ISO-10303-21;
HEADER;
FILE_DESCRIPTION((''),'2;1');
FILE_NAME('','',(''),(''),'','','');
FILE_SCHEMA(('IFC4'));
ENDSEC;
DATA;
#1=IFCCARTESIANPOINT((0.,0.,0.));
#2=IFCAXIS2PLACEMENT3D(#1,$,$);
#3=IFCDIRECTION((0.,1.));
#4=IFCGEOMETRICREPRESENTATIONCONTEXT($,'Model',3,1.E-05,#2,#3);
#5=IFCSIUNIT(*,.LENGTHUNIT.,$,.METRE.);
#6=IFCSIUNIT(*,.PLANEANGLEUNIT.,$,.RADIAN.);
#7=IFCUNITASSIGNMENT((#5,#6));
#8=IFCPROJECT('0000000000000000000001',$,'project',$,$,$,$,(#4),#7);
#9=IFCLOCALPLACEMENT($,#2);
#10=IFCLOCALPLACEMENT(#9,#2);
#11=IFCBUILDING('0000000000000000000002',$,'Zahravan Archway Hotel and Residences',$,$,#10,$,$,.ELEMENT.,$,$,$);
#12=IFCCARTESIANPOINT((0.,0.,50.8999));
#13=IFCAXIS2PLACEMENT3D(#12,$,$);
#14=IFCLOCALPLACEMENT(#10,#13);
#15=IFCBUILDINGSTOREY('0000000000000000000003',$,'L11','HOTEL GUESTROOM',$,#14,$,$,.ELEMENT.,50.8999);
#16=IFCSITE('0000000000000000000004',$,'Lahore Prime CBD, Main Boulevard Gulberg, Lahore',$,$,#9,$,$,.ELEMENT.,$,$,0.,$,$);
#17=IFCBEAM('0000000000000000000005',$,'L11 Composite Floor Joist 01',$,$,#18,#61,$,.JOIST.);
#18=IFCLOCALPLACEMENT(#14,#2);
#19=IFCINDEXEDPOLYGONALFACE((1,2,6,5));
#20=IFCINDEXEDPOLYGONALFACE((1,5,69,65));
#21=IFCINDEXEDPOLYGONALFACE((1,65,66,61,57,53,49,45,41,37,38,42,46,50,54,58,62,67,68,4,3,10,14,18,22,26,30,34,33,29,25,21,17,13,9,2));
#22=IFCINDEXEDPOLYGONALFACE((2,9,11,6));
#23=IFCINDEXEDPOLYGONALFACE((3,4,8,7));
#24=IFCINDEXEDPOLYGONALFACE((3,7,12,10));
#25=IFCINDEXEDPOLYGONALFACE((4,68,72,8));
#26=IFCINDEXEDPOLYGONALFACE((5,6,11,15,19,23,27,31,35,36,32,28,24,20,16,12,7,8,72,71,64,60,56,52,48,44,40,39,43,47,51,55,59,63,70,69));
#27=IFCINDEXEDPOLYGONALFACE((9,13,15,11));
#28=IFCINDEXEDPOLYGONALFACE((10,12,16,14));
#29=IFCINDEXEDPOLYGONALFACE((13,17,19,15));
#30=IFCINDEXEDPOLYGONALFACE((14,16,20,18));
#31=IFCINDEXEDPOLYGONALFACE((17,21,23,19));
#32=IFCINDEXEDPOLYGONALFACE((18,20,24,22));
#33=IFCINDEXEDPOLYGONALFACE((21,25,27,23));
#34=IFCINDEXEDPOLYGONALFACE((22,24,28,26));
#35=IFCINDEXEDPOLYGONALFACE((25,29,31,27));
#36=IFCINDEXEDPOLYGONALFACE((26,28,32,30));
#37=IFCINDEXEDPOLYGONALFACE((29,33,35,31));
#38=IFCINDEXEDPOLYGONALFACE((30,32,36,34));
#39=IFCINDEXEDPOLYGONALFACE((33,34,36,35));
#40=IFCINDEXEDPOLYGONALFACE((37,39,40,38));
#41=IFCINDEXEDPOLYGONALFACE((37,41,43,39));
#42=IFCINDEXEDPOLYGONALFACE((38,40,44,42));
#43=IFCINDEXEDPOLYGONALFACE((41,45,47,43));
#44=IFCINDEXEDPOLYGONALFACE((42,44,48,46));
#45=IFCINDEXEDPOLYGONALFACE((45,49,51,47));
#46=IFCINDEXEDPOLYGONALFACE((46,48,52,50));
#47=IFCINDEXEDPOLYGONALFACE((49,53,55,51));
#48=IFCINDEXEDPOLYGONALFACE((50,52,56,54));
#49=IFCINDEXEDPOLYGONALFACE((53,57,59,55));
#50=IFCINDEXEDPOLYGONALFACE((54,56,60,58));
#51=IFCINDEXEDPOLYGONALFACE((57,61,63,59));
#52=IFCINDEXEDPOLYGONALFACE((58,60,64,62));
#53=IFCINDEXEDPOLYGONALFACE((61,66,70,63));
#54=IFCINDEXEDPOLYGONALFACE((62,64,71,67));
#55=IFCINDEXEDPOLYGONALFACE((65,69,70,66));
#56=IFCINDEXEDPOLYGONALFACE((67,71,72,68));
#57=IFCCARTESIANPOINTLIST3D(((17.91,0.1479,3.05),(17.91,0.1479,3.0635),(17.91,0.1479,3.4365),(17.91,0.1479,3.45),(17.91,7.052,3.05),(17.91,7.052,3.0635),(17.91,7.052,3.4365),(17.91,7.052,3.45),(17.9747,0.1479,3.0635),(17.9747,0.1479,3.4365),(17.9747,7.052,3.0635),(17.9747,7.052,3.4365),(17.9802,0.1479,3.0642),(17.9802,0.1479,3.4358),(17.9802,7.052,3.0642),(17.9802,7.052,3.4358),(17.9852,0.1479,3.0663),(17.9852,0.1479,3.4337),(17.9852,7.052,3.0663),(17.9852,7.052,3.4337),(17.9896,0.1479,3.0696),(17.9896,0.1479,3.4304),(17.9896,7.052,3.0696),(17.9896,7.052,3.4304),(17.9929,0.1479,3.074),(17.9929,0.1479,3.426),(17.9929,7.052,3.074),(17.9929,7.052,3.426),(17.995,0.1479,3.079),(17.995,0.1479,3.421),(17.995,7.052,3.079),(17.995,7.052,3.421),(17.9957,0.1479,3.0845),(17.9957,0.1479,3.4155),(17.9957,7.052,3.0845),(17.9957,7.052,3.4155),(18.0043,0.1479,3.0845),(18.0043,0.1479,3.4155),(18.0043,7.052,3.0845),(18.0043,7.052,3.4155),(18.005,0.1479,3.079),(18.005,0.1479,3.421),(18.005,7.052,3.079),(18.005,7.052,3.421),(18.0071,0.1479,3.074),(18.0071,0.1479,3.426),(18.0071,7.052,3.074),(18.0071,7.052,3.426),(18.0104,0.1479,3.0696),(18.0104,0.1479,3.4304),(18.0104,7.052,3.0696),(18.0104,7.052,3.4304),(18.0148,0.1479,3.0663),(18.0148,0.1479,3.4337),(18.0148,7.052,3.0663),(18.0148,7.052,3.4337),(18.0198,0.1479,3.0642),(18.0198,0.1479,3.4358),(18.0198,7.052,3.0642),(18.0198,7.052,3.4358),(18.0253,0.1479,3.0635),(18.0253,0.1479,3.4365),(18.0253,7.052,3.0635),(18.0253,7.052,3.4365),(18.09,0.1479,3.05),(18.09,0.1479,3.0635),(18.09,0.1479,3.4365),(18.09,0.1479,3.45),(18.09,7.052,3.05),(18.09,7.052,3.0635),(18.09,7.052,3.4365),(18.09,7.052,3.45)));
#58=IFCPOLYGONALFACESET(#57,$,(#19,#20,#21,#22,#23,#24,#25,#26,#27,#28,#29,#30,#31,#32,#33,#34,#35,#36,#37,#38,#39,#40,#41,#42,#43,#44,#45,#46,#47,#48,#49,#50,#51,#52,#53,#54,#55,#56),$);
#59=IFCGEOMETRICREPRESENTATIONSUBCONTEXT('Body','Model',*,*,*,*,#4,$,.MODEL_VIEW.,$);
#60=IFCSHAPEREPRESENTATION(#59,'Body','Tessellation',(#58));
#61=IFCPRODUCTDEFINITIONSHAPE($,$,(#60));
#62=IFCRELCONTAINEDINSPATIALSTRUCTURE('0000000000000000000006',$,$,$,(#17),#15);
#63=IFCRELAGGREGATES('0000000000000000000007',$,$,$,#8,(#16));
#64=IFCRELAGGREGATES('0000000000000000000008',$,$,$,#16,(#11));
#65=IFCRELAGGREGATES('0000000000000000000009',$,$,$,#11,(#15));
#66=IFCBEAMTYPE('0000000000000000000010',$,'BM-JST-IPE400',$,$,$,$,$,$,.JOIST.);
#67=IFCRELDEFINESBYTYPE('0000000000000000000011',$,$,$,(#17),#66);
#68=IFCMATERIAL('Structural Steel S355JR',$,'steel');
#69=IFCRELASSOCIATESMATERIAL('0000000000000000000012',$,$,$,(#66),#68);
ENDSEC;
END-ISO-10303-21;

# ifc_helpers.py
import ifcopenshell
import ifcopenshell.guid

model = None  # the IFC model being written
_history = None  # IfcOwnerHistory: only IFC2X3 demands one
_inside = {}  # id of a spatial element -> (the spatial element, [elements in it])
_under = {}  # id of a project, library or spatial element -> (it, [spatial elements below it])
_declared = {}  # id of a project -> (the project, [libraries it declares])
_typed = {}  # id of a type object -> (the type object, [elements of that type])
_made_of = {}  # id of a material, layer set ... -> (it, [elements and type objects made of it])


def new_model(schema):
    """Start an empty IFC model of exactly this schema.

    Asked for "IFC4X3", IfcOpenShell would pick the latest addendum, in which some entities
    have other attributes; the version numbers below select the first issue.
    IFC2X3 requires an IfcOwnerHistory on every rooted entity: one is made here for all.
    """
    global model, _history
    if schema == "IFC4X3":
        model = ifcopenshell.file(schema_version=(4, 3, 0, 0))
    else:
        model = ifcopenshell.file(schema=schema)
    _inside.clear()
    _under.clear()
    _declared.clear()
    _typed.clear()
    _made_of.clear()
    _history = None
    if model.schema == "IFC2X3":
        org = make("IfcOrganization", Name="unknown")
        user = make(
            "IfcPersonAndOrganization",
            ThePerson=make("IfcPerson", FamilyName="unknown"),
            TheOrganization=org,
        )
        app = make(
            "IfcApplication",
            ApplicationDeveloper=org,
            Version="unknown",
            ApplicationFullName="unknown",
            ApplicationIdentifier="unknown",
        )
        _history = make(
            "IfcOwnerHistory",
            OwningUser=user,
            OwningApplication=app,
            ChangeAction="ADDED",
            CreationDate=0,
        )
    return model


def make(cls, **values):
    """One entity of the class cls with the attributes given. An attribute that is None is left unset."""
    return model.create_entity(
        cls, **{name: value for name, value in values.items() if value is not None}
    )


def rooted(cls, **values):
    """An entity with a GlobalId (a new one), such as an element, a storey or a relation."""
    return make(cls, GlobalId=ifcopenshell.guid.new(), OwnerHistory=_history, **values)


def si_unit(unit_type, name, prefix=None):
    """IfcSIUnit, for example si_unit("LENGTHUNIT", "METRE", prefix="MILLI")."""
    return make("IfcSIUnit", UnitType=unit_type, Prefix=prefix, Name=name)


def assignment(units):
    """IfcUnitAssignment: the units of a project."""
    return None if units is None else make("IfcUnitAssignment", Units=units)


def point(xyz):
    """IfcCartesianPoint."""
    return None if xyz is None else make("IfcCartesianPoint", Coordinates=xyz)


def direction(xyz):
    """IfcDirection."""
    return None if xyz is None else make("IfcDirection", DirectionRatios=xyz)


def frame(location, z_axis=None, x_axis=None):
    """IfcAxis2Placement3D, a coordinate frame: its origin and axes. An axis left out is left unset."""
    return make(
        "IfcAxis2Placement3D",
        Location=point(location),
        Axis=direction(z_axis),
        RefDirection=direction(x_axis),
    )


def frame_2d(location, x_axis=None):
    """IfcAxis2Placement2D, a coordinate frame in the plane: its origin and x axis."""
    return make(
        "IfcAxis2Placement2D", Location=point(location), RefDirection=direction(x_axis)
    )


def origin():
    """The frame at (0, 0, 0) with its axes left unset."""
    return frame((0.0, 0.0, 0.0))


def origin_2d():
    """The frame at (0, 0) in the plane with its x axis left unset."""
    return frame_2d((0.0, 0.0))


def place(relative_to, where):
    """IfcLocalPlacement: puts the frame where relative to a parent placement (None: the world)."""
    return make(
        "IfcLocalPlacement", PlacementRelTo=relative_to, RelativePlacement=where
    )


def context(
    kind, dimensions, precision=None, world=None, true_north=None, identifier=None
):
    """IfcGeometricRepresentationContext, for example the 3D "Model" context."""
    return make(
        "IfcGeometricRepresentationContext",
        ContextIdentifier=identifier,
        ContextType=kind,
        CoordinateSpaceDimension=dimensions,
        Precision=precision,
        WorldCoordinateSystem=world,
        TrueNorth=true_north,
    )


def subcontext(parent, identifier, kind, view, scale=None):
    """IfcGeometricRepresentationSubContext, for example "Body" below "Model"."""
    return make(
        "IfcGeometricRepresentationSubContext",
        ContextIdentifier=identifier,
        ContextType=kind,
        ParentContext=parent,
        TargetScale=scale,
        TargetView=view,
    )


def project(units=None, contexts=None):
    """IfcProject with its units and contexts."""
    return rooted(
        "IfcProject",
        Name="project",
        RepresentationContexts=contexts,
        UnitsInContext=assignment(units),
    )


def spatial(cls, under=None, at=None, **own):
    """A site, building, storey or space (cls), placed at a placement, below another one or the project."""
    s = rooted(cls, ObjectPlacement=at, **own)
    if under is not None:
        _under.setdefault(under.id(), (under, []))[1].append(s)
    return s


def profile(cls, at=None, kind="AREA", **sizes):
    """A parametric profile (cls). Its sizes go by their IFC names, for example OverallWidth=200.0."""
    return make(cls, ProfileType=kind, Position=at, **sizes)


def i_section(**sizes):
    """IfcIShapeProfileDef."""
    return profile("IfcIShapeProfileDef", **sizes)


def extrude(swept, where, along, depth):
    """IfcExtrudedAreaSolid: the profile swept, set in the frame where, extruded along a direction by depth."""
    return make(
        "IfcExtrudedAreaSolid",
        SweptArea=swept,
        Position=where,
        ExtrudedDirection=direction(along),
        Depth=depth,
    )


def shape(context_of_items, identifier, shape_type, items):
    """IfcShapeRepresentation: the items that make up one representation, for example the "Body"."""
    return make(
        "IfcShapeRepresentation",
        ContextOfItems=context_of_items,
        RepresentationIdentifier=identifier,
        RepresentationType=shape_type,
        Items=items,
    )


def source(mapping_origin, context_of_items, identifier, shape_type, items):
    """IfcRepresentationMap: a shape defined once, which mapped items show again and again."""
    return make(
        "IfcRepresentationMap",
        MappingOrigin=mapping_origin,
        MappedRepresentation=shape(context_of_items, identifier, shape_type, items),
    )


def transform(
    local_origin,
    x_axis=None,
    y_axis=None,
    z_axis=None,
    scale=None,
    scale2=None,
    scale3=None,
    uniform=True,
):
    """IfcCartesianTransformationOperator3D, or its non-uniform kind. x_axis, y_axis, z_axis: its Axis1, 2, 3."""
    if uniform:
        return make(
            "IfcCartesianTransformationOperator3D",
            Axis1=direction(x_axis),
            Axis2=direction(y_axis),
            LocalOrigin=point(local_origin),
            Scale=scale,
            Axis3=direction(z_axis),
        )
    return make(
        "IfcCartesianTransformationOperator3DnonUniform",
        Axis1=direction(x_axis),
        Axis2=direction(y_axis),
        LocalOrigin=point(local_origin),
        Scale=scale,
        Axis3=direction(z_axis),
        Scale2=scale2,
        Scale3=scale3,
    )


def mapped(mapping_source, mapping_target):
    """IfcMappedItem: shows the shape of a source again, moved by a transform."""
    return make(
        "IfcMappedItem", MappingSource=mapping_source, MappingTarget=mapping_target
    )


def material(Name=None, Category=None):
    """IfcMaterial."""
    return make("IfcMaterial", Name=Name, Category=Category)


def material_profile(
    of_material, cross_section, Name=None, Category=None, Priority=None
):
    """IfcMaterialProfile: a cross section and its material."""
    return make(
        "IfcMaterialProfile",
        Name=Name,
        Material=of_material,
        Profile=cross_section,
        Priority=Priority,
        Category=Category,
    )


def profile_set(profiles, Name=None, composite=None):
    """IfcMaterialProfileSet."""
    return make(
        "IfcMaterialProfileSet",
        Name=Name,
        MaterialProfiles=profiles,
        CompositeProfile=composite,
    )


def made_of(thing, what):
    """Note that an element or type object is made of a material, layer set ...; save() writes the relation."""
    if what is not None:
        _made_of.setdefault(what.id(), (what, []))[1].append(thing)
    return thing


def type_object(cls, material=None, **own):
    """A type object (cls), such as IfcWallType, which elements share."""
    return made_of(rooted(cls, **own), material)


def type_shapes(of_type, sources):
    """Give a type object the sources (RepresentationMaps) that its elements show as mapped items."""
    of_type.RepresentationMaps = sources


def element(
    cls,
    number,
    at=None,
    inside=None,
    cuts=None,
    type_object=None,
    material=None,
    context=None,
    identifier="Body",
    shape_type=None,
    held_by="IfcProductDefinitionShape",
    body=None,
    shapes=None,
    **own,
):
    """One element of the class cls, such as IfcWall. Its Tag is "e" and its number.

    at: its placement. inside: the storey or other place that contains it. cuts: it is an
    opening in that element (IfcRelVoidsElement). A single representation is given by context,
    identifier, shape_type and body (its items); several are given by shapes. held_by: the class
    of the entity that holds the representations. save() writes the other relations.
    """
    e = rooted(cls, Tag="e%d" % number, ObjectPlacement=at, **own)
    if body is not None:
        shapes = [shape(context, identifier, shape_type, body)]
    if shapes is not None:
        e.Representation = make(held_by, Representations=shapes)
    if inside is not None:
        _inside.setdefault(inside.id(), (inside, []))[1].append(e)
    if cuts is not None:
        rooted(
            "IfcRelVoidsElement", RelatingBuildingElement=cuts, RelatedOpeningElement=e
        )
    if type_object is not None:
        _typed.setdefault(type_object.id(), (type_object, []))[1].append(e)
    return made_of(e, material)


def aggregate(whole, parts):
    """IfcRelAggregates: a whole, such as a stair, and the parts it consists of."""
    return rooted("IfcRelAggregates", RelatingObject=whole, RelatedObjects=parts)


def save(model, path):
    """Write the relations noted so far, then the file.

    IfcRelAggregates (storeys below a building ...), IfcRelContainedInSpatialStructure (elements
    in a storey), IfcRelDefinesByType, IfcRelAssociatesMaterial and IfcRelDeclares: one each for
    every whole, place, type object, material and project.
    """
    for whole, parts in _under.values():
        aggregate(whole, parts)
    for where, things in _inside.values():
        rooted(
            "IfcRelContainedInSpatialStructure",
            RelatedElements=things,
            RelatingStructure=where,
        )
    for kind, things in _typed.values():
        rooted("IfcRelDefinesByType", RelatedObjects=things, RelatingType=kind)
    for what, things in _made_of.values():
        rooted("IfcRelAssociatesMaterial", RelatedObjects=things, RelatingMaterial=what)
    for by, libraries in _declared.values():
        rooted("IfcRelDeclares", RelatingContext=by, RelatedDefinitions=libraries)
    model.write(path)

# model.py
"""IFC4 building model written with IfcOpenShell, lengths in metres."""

from ifc_helpers import new_model, si_unit, direction, frame, origin, origin_2d, place, context, subcontext, project, spatial, i_section, extrude, source, transform, mapped, material, material_profile, profile_set, type_object, type_shapes, element, save


model = new_model("IFC4")

# Units and contexts
model_context = context("Model", 3, precision=1e-05, world=origin(), true_north=direction((0.0, 1.0)))
body_context = subcontext(model_context, "Body", "Model", "MODEL_VIEW")
ifc_project = project(units=[si_unit("LENGTHUNIT", "METRE"), si_unit("PLANEANGLEUNIT", "RADIAN")], contexts=[model_context])

# Site, building, storey
site_placement = place(None, origin())
site = spatial("IfcSite", under=ifc_project, at=site_placement, Name="Lahore Prime CBD, Main Boulevard Gulberg, Lahore", CompositionType="ELEMENT", RefElevation=0.0)
building_placement = place(site_placement, origin())
building = spatial("IfcBuilding", under=site, at=building_placement, Name="Zahravan Archway Hotel and Residences", CompositionType="ELEMENT")
storey_placement = place(building_placement, frame((0.0, 0.0, 50.8999)))
storey = spatial("IfcBuildingStorey", under=building, at=storey_placement, Name="L11", Description="HOTEL GUESTROOM", CompositionType="ELEMENT", Elevation=50.8999)

# Beam
ifc_material_1 = material(Name="Structural Steel S355JR", Category="steel")
ifc_material_profile = material_profile(ifc_material_1, i_section(OverallWidth=0.1799, OverallDepth=0.3999, WebThickness=0.0085, FlangeThickness=0.0134, FilletRadius=0.021, at=origin_2d()), Name="IPE 400", Category="steel")
ifc_profile_set = profile_set([ifc_material_profile], Name="Structural Steel S355JR")
beam_type = type_object("IfcBeamType", Name="BM-JST-IPE400", PredefinedType="JOIST", material=ifc_profile_set)
shared_shape_1 = source(origin(), body_context, "Body", "SweptSolid", [
    extrude(i_section(OverallWidth=0.1799, OverallDepth=0.3999, WebThickness=0.0085, FlangeThickness=0.0134, FilletRadius=0.021, at=origin_2d()), origin(), (0.0, 0.0, 1.0), 6.9041),
])
type_shapes(beam_type, [shared_shape_1])
beam_placement = place(storey_placement, frame((18.0, 0.1479, 3.25), z_axis=(0.0, 1.0, 0.0), x_axis=(-1.0, 0.0, 0.0)))
element("IfcBeam", 1, at=beam_placement, inside=storey, type_object=beam_type, Name="L11 Composite Floor Joist 01", PredefinedType="JOIST", context=body_context, shape_type="MappedRepresentation", body=[
    mapped(shared_shape_1, transform((0.0, 0.0, 0.0), scale=1.0)),
])

save(model, "model.ifc")
